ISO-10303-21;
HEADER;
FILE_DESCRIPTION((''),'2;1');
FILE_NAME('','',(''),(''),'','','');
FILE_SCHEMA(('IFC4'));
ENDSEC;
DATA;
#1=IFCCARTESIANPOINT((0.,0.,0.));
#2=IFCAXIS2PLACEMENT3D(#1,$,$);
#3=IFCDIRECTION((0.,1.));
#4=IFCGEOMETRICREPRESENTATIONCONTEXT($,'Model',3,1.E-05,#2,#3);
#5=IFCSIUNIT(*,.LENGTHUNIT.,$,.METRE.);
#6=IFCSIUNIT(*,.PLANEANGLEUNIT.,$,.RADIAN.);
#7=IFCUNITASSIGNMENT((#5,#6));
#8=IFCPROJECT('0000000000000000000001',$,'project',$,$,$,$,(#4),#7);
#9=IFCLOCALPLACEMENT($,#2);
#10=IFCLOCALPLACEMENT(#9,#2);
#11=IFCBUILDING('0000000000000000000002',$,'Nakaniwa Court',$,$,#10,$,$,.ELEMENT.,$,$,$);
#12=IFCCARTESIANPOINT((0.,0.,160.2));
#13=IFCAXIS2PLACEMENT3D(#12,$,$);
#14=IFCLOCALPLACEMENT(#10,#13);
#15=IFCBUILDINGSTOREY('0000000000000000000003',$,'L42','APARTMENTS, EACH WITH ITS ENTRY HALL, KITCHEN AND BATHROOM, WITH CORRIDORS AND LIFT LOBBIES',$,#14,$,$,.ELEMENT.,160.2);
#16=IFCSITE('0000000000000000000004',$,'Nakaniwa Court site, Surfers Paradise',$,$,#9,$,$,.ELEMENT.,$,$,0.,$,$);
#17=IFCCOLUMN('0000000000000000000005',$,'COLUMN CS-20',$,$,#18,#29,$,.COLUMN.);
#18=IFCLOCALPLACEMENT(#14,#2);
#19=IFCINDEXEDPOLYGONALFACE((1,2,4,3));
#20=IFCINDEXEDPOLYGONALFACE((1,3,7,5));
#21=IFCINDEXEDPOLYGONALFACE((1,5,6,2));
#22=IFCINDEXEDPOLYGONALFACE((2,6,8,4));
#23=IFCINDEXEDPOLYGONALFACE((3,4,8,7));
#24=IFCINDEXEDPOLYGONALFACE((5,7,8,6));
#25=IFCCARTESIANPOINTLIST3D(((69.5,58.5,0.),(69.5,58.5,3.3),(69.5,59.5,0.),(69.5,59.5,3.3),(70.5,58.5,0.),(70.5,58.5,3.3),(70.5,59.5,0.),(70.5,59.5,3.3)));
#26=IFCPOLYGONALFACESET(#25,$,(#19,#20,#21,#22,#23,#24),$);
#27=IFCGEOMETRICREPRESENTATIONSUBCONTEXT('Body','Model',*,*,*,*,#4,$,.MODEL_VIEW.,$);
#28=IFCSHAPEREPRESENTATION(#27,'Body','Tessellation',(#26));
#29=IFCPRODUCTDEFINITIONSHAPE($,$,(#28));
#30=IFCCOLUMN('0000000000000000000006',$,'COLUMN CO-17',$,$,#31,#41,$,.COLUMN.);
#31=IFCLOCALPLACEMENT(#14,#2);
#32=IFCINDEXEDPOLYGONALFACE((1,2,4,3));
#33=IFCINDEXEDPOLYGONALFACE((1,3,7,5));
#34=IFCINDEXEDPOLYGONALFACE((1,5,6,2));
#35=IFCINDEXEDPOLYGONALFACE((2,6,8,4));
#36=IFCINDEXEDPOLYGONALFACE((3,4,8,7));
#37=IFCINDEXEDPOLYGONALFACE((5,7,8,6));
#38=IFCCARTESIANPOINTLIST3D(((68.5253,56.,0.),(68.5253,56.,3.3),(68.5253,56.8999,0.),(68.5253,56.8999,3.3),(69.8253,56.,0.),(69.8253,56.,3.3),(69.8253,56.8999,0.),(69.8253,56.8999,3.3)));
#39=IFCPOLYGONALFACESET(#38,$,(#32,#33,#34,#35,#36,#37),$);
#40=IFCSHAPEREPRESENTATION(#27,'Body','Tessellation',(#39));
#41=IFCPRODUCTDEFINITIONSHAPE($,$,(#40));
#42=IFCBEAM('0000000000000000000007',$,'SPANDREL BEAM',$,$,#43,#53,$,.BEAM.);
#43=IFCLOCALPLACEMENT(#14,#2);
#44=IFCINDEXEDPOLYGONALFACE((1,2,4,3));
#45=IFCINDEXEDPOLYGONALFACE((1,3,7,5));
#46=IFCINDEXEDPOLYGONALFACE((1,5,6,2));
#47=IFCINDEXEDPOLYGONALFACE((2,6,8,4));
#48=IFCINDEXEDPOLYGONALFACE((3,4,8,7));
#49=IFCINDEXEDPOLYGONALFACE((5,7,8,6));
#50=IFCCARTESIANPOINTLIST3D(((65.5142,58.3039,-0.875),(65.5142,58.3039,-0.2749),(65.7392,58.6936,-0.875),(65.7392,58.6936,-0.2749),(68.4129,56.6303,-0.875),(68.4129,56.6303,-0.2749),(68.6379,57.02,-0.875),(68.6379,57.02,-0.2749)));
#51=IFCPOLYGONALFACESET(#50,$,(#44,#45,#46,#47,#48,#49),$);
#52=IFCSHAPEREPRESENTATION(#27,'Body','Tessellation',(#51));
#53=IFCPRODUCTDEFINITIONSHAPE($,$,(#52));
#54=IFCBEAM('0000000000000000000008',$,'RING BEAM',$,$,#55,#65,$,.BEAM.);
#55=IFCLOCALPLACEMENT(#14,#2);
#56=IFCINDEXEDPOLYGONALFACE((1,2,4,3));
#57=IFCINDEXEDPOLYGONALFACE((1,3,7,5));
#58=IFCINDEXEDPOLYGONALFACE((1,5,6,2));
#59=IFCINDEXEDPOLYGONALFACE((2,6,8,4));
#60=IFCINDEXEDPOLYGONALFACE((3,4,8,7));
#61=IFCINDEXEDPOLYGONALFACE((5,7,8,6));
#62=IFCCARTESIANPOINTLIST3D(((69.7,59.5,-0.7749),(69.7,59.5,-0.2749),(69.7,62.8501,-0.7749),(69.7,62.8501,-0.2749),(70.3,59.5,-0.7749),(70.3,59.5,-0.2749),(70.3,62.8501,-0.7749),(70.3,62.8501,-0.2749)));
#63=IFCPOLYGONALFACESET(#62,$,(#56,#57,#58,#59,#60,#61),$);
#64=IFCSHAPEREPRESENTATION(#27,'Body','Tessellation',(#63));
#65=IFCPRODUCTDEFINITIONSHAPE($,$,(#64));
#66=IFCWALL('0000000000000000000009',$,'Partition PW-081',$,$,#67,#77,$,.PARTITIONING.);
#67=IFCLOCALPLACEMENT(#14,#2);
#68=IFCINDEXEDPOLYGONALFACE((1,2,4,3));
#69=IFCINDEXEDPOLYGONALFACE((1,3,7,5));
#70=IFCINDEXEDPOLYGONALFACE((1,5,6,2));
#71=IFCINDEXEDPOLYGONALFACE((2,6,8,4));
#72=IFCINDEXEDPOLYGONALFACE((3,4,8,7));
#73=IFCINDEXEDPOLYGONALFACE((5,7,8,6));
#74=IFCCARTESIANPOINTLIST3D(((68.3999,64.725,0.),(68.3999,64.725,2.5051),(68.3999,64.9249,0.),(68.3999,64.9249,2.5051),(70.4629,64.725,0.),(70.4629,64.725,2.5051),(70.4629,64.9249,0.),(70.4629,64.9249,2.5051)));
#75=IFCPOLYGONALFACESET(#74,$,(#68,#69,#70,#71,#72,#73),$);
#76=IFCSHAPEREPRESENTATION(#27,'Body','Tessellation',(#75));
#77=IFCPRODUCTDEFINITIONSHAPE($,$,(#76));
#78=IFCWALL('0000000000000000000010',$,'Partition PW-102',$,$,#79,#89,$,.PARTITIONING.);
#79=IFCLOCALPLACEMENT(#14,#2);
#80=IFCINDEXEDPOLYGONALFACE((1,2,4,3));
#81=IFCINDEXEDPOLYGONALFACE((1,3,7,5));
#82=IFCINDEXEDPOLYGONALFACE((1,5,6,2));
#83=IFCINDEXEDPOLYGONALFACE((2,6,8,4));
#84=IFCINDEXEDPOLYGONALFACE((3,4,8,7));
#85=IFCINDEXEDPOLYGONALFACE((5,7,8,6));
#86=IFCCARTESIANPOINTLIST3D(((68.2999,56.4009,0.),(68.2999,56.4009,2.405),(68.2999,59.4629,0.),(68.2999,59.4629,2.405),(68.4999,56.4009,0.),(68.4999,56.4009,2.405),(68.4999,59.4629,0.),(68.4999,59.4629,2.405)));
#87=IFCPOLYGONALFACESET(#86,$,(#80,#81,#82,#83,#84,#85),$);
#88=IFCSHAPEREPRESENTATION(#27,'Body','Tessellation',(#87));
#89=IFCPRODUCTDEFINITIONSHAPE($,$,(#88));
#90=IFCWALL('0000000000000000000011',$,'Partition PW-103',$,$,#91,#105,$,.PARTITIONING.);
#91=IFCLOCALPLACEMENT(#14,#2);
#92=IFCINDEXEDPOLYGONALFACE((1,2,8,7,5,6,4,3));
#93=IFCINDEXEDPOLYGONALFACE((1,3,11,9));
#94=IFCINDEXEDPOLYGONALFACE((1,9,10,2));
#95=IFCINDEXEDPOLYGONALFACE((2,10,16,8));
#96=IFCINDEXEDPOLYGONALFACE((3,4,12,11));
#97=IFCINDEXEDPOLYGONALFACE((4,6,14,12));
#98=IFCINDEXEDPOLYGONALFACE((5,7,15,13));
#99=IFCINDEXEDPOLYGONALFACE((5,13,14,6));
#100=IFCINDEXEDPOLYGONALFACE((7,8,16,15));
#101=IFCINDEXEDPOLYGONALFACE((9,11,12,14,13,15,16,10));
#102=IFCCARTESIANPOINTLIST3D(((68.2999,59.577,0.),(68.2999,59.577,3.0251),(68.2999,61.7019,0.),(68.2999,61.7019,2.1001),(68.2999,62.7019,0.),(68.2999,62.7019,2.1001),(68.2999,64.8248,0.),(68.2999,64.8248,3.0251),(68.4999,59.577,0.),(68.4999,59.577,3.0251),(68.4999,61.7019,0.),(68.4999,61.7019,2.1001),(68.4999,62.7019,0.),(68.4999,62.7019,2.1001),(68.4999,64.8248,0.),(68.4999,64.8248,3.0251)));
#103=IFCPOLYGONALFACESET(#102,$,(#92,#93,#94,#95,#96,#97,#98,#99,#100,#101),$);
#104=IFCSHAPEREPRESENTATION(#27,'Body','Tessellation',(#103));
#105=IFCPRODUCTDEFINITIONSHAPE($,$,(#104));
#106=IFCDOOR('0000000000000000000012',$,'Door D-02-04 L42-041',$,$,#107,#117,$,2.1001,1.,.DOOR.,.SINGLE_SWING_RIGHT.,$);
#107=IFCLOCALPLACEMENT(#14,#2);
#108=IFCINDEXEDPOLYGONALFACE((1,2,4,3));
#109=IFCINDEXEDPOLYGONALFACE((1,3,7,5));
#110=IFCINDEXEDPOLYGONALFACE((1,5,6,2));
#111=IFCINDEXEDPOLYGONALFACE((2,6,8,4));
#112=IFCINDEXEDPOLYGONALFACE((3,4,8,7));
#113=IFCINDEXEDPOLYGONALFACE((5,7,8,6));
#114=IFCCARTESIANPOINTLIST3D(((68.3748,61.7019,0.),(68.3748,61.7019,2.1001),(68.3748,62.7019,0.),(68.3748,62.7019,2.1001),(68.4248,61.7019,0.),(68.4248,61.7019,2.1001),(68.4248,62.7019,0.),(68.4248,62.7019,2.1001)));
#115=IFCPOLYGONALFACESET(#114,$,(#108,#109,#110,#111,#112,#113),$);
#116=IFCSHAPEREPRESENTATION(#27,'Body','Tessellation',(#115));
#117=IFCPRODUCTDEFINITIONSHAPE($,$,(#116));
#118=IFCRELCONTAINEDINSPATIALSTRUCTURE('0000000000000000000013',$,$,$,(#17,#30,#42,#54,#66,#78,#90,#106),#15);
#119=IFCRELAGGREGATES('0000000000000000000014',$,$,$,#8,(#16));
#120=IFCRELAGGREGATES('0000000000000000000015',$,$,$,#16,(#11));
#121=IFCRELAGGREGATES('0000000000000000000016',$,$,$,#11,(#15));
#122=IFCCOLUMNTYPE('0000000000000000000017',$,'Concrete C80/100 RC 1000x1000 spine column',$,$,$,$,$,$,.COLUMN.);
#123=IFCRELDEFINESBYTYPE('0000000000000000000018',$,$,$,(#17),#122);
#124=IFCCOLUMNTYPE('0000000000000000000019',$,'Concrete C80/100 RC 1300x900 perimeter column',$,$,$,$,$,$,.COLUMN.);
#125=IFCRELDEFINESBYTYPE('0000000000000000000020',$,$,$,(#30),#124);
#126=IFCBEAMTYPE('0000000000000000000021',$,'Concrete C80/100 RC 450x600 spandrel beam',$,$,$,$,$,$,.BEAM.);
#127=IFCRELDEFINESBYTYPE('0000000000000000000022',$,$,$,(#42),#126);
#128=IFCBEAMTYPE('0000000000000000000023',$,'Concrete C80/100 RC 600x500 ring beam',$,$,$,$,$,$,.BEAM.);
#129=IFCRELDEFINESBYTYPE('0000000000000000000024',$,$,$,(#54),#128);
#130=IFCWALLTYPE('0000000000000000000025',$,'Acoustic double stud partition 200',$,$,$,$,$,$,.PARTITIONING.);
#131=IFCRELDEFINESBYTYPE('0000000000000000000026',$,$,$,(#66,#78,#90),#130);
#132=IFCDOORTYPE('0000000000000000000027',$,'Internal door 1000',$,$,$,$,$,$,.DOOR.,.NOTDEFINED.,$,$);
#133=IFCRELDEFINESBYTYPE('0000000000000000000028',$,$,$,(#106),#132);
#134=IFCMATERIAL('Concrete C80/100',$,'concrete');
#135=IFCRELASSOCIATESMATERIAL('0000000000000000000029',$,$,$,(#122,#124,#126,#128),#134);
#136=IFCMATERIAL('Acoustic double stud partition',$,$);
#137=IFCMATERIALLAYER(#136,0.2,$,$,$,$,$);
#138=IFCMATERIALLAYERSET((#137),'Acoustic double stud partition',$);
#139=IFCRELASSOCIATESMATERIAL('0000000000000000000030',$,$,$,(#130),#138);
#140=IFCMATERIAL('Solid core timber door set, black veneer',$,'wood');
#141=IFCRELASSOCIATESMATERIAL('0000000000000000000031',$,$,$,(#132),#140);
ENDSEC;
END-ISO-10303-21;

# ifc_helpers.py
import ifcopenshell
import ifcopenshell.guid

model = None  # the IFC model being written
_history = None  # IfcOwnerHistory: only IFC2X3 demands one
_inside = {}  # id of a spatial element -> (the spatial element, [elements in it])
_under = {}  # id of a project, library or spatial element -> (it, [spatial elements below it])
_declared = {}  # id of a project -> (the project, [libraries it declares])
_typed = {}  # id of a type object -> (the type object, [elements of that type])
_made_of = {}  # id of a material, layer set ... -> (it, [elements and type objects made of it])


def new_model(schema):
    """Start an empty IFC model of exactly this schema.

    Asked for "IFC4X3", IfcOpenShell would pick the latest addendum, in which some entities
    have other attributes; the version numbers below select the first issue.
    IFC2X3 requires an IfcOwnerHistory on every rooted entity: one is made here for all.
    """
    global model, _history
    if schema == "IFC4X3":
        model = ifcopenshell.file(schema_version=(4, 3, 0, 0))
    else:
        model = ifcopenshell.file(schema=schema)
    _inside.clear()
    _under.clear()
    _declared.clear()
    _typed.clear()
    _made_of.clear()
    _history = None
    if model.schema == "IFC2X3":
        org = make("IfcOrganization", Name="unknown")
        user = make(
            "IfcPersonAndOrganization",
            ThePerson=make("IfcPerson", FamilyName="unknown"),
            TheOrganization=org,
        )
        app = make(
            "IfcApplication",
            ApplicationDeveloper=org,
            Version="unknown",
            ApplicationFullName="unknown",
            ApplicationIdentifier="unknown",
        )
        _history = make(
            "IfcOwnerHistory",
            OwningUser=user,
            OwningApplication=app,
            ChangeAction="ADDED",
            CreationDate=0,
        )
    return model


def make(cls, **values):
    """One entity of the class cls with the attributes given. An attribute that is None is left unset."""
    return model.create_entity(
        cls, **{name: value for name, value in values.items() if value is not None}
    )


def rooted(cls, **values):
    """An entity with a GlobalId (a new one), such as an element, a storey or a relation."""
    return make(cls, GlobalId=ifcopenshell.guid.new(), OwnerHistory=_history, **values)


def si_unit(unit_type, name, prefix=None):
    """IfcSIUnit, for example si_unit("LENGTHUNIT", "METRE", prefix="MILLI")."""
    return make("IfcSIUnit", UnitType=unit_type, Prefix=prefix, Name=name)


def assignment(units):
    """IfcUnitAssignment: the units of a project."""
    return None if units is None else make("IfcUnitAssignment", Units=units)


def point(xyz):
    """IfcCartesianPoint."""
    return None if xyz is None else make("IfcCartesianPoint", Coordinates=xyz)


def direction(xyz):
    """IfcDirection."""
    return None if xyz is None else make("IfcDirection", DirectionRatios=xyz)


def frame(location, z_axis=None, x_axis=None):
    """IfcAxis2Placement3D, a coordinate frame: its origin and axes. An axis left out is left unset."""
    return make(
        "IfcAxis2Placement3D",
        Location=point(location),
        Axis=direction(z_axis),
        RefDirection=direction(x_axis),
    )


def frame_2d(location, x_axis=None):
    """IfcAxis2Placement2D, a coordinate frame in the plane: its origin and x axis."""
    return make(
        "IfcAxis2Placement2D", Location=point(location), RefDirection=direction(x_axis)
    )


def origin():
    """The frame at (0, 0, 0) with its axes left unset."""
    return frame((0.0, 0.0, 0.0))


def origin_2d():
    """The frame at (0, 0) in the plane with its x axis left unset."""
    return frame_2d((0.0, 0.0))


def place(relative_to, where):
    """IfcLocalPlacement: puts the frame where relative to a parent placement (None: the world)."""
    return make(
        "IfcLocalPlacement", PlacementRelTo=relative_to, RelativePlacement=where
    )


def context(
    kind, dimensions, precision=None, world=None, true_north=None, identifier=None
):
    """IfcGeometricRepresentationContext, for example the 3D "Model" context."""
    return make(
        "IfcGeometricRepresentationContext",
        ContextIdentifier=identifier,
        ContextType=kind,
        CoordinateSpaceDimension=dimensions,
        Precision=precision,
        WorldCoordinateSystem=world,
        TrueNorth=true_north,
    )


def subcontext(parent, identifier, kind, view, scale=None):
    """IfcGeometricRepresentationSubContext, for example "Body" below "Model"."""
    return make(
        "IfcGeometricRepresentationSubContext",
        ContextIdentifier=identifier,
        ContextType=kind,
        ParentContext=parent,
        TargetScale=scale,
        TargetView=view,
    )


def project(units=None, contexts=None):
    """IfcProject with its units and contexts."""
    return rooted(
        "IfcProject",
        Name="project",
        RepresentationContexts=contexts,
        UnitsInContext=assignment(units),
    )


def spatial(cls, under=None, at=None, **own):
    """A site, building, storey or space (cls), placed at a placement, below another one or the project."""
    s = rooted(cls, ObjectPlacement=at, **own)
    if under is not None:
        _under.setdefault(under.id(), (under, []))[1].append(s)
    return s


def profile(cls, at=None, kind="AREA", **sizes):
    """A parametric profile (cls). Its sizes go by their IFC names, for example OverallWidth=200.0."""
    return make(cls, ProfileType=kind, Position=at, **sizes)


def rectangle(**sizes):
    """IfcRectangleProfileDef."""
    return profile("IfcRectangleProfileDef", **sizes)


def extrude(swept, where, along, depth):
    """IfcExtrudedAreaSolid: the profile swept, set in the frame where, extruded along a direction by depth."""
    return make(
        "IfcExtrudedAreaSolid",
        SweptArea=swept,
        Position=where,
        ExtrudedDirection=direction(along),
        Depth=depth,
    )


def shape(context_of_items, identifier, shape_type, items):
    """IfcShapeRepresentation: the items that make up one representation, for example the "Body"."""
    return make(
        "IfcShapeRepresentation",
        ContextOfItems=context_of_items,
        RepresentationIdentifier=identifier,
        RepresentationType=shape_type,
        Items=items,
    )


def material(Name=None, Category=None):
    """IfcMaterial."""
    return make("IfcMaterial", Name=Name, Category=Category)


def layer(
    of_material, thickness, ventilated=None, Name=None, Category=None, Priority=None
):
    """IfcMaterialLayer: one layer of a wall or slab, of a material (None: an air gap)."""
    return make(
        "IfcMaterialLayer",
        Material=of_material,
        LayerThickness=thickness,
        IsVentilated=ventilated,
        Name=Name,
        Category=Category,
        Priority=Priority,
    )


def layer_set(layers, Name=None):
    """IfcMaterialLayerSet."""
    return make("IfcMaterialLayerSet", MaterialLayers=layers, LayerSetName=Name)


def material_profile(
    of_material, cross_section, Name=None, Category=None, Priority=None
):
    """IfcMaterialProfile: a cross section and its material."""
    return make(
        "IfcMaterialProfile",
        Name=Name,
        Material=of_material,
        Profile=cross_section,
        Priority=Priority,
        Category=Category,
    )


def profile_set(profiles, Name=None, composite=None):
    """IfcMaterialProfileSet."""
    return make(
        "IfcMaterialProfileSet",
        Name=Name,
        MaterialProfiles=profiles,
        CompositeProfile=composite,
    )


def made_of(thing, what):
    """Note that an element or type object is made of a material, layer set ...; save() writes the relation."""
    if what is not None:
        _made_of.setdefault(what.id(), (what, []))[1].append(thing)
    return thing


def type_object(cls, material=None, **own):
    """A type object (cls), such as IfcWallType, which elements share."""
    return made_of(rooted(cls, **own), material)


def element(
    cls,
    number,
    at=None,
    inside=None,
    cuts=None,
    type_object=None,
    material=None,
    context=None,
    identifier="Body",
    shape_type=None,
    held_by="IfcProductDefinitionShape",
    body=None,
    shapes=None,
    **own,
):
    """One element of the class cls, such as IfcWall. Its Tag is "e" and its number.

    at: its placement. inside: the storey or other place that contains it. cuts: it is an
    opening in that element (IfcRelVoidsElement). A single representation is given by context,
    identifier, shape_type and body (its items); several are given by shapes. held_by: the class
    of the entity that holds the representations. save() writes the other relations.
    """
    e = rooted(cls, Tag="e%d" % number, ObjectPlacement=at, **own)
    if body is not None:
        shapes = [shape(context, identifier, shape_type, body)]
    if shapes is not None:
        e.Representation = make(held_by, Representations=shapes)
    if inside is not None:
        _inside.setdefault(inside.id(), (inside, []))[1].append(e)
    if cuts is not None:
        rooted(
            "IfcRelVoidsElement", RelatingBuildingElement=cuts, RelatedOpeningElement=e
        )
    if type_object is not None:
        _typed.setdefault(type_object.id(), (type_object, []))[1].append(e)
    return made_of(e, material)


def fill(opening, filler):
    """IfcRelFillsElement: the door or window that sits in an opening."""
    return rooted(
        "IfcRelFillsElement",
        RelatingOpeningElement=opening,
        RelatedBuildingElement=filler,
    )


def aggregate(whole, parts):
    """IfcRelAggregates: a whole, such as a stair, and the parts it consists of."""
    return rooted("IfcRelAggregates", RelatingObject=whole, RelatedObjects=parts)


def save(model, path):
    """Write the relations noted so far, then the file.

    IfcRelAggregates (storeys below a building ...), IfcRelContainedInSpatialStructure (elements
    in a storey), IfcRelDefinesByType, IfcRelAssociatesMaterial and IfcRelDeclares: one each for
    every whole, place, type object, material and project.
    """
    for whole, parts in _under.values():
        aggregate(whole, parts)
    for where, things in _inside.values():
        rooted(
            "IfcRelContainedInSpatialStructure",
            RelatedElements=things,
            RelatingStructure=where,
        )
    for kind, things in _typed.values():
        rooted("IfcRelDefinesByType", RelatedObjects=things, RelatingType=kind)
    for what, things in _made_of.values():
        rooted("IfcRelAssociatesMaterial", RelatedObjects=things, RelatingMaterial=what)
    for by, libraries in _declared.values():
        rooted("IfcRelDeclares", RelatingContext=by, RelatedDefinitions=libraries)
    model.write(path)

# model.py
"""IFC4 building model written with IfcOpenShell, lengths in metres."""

from ifc_helpers import new_model, si_unit, direction, frame, frame_2d, origin, origin_2d, place, context, subcontext, project, spatial, rectangle, extrude, material, layer, layer_set, material_profile, profile_set, type_object, element, fill, save


model = new_model("IFC4")

# Units and contexts
model_context = context("Model", 3, precision=1e-05, world=origin(), true_north=direction((0.0, 1.0)))
body_context = subcontext(model_context, "Body", "Model", "MODEL_VIEW")
ifc_project = project(units=[si_unit("LENGTHUNIT", "METRE"), si_unit("PLANEANGLEUNIT", "RADIAN")], contexts=[model_context])

# Site, building, storey
site_placement = place(None, origin())
site = spatial("IfcSite", under=ifc_project, at=site_placement, Name="Nakaniwa Court site, Surfers Paradise", CompositionType="ELEMENT", RefElevation=0.0)
building_placement = place(site_placement, origin())
building = spatial("IfcBuilding", under=site, at=building_placement, Name="Nakaniwa Court", CompositionType="ELEMENT")
storey_placement = place(building_placement, frame((0.0, 0.0, 160.2)))
storey = spatial("IfcBuildingStorey", under=building, at=storey_placement, Name="L42", Description="APARTMENTS, EACH WITH ITS ENTRY HALL, KITCHEN AND BATHROOM, WITH CORRIDORS AND LIFT LOBBIES", CompositionType="ELEMENT", Elevation=160.2)

# Columns
ifc_material_1 = material(Name="Concrete C80/100", Category="concrete")
ifc_material_profile_1 = material_profile(ifc_material_1, rectangle(XDim=1.0, YDim=1.0, at=origin_2d()), Name="Concrete C80/100 RC 1000x1000 spine column")
ifc_profile_set_1 = profile_set([ifc_material_profile_1], Name="Concrete C80/100")
column_type_1 = type_object("IfcColumnType", Name="Concrete C80/100 RC 1000x1000 spine column", PredefinedType="COLUMN", material=ifc_profile_set_1)
column_1_placement = place(storey_placement, frame((70.0, 59.0, 0.0), z_axis=(0.0, 0.0, 1.0), x_axis=(0.0, -1.0, 0.0)))
element("IfcColumn", 1, at=column_1_placement, inside=storey, type_object=column_type_1, Name="COLUMN CS-20", PredefinedType="COLUMN", context=body_context, shape_type="SweptSolid", body=[
    extrude(rectangle(XDim=1.0, YDim=1.0, at=origin_2d()), origin(), (0.0, 0.0, 1.0), 3.3),
])
ifc_material_profile_2 = material_profile(ifc_material_1, rectangle(XDim=1.3, YDim=0.8999, at=origin_2d()), Name="Concrete C80/100 RC 1300x900 perimeter column")
ifc_profile_set_2 = profile_set([ifc_material_profile_2], Name="Concrete C80/100")
column_type_2 = type_object("IfcColumnType", Name="Concrete C80/100 RC 1300x900 perimeter column", PredefinedType="COLUMN", material=ifc_profile_set_2)
column_2_placement = place(storey_placement, frame((69.1753, 56.45, 0.0), z_axis=(0.0, 0.0, 1.0), x_axis=(1.0, 0.0, 0.0)))
element("IfcColumn", 2, at=column_2_placement, inside=storey, type_object=column_type_2, Name="COLUMN CO-17", PredefinedType="COLUMN", context=body_context, shape_type="SweptSolid", body=[
    extrude(rectangle(XDim=1.3, YDim=0.8999, at=origin_2d()), origin(), (0.0, 0.0, 1.0), 3.3),
])

# Beams
ifc_material_profile_3 = material_profile(ifc_material_1, rectangle(XDim=0.45, YDim=0.6001, at=origin_2d()), Name="Concrete C80/100 RC 450x600 spandrel beam")
ifc_profile_set_3 = profile_set([ifc_material_profile_3], Name="Concrete C80/100")
beam_type_1 = type_object("IfcBeamType", Name="Concrete C80/100 RC 450x600 spandrel beam", PredefinedType="BEAM", material=ifc_profile_set_3)
beam_1_placement = place(storey_placement, frame((65.6267, 58.4988, -0.575), z_axis=(0.866022, -0.500007, 0.0), x_axis=(0.500007, 0.866022, 0.0)))
element("IfcBeam", 3, at=beam_1_placement, inside=storey, type_object=beam_type_1, Name="SPANDREL BEAM", PredefinedType="BEAM", context=body_context, shape_type="SweptSolid", body=[
    extrude(rectangle(XDim=0.45, YDim=0.6001, at=origin_2d()), origin(), (0.0, 0.0, 1.0), 3.3472),
])
ifc_material_profile_4 = material_profile(ifc_material_1, rectangle(XDim=0.6001, YDim=0.5, at=origin_2d()), Name="Concrete C80/100 RC 600x500 ring beam")
ifc_profile_set_4 = profile_set([ifc_material_profile_4], Name="Concrete C80/100")
beam_type_2 = type_object("IfcBeamType", Name="Concrete C80/100 RC 600x500 ring beam", PredefinedType="BEAM", material=ifc_profile_set_4)
beam_2_placement = place(storey_placement, frame((70.0, 62.8501, -0.5249), z_axis=(0.0, -1.0, 0.0), x_axis=(1.0, 0.0, 0.0)))
element("IfcBeam", 4, at=beam_2_placement, inside=storey, type_object=beam_type_2, Name="RING BEAM", PredefinedType="BEAM", context=body_context, shape_type="SweptSolid", body=[
    extrude(rectangle(XDim=0.6001, YDim=0.5, at=origin_2d()), origin(), (0.0, 0.0, 1.0), 3.3501),
])

# Walls
ifc_material_2 = material(Name="Acoustic double stud partition")
ifc_layer_1 = layer(ifc_material_2, 0.2)
ifc_layer_set_1 = layer_set([ifc_layer_1], Name="Acoustic double stud partition")
wall_type_1 = type_object("IfcWallType", Name="Acoustic double stud partition 200", PredefinedType="PARTITIONING", material=ifc_layer_set_1)
wall_1_placement = place(storey_placement, frame((68.3999, 64.825, 0.0), z_axis=(0.0, 0.0, 1.0), x_axis=(1.0, 0.0, 0.0)))
element("IfcWall", 5, at=wall_1_placement, inside=storey, type_object=wall_type_1, Name="Partition PW-081", PredefinedType="PARTITIONING", context=body_context, shape_type="SweptSolid", body=[
    extrude(rectangle(XDim=2.063, YDim=0.2, at=frame_2d((1.0315, 0.0))), origin(), (0.0, 0.0, 1.0), 2.5051),
])
wall_2_placement = place(storey_placement, frame((68.3999, 56.4009, 0.0), z_axis=(0.0, 0.0, 1.0), x_axis=(0.0, 1.0, 0.0)))
element("IfcWall", 6, at=wall_2_placement, inside=storey, type_object=wall_type_1, Name="Partition PW-102", PredefinedType="PARTITIONING", context=body_context, shape_type="SweptSolid", body=[
    extrude(rectangle(XDim=3.062, YDim=0.2, at=frame_2d((1.531, 0.0))), origin(), (0.0, 0.0, 1.0), 2.405),
])

# Wall, opening, door
wall_3_placement = place(storey_placement, frame((68.3999, 64.825, 0.0), z_axis=(0.0, 0.0, 1.0), x_axis=(0.0, -1.0, 0.0)))
wall_3 = element("IfcWall", 7, at=wall_3_placement, inside=storey, type_object=wall_type_1, Name="Partition PW-103", PredefinedType="PARTITIONING", context=body_context, shape_type="SweptSolid", body=[
    extrude(rectangle(XDim=5.2478, YDim=0.2, at=frame_2d((2.624, 0.0))), origin(), (0.0, 0.0, 1.0), 3.0251),
])
opening_1_placement = place(wall_3_placement, frame((2.123, 0.0, 0.0)))
opening_1 = element("IfcOpeningElement", 8, at=opening_1_placement, cuts=wall_3, PredefinedType="OPENING", context=body_context, shape_type="SweptSolid", body=[
    extrude(rectangle(XDim=1.0, YDim=2.1001, at=frame_2d((0.5, 1.05))), frame((0.0, 0.1099, 0.0), z_axis=(0.0, -1.0, 0.0), x_axis=(1.0, 0.0, 0.0)), (0.0, 0.0, 1.0), 0.22),
])
ifc_material_3 = material(Name="Solid core timber door set, black veneer", Category="wood")
door_type_1 = type_object("IfcDoorType", Name="Internal door 1000", OperationType="NOTDEFINED", PredefinedType="DOOR", material=ifc_material_3)
door_1_placement = place(opening_1_placement, origin())
door_1 = element("IfcDoor", 9, at=door_1_placement, inside=storey, type_object=door_type_1, Name="Door D-02-04 L42-041", OperationType="SINGLE_SWING_RIGHT", OverallHeight=2.1001, OverallWidth=1.0, PredefinedType="DOOR", context=body_context, shape_type="SweptSolid", body=[
    extrude(rectangle(XDim=1.0, YDim=2.1001, at=frame_2d((0.5, 1.05))), frame((0.0, 0.0249, 0.0), z_axis=(0.0, -1.0, 0.0), x_axis=(1.0, 0.0, 0.0)), (0.0, 0.0, 1.0), 0.05),
])
fill(opening_1, door_1)

save(model, "model.ifc")
